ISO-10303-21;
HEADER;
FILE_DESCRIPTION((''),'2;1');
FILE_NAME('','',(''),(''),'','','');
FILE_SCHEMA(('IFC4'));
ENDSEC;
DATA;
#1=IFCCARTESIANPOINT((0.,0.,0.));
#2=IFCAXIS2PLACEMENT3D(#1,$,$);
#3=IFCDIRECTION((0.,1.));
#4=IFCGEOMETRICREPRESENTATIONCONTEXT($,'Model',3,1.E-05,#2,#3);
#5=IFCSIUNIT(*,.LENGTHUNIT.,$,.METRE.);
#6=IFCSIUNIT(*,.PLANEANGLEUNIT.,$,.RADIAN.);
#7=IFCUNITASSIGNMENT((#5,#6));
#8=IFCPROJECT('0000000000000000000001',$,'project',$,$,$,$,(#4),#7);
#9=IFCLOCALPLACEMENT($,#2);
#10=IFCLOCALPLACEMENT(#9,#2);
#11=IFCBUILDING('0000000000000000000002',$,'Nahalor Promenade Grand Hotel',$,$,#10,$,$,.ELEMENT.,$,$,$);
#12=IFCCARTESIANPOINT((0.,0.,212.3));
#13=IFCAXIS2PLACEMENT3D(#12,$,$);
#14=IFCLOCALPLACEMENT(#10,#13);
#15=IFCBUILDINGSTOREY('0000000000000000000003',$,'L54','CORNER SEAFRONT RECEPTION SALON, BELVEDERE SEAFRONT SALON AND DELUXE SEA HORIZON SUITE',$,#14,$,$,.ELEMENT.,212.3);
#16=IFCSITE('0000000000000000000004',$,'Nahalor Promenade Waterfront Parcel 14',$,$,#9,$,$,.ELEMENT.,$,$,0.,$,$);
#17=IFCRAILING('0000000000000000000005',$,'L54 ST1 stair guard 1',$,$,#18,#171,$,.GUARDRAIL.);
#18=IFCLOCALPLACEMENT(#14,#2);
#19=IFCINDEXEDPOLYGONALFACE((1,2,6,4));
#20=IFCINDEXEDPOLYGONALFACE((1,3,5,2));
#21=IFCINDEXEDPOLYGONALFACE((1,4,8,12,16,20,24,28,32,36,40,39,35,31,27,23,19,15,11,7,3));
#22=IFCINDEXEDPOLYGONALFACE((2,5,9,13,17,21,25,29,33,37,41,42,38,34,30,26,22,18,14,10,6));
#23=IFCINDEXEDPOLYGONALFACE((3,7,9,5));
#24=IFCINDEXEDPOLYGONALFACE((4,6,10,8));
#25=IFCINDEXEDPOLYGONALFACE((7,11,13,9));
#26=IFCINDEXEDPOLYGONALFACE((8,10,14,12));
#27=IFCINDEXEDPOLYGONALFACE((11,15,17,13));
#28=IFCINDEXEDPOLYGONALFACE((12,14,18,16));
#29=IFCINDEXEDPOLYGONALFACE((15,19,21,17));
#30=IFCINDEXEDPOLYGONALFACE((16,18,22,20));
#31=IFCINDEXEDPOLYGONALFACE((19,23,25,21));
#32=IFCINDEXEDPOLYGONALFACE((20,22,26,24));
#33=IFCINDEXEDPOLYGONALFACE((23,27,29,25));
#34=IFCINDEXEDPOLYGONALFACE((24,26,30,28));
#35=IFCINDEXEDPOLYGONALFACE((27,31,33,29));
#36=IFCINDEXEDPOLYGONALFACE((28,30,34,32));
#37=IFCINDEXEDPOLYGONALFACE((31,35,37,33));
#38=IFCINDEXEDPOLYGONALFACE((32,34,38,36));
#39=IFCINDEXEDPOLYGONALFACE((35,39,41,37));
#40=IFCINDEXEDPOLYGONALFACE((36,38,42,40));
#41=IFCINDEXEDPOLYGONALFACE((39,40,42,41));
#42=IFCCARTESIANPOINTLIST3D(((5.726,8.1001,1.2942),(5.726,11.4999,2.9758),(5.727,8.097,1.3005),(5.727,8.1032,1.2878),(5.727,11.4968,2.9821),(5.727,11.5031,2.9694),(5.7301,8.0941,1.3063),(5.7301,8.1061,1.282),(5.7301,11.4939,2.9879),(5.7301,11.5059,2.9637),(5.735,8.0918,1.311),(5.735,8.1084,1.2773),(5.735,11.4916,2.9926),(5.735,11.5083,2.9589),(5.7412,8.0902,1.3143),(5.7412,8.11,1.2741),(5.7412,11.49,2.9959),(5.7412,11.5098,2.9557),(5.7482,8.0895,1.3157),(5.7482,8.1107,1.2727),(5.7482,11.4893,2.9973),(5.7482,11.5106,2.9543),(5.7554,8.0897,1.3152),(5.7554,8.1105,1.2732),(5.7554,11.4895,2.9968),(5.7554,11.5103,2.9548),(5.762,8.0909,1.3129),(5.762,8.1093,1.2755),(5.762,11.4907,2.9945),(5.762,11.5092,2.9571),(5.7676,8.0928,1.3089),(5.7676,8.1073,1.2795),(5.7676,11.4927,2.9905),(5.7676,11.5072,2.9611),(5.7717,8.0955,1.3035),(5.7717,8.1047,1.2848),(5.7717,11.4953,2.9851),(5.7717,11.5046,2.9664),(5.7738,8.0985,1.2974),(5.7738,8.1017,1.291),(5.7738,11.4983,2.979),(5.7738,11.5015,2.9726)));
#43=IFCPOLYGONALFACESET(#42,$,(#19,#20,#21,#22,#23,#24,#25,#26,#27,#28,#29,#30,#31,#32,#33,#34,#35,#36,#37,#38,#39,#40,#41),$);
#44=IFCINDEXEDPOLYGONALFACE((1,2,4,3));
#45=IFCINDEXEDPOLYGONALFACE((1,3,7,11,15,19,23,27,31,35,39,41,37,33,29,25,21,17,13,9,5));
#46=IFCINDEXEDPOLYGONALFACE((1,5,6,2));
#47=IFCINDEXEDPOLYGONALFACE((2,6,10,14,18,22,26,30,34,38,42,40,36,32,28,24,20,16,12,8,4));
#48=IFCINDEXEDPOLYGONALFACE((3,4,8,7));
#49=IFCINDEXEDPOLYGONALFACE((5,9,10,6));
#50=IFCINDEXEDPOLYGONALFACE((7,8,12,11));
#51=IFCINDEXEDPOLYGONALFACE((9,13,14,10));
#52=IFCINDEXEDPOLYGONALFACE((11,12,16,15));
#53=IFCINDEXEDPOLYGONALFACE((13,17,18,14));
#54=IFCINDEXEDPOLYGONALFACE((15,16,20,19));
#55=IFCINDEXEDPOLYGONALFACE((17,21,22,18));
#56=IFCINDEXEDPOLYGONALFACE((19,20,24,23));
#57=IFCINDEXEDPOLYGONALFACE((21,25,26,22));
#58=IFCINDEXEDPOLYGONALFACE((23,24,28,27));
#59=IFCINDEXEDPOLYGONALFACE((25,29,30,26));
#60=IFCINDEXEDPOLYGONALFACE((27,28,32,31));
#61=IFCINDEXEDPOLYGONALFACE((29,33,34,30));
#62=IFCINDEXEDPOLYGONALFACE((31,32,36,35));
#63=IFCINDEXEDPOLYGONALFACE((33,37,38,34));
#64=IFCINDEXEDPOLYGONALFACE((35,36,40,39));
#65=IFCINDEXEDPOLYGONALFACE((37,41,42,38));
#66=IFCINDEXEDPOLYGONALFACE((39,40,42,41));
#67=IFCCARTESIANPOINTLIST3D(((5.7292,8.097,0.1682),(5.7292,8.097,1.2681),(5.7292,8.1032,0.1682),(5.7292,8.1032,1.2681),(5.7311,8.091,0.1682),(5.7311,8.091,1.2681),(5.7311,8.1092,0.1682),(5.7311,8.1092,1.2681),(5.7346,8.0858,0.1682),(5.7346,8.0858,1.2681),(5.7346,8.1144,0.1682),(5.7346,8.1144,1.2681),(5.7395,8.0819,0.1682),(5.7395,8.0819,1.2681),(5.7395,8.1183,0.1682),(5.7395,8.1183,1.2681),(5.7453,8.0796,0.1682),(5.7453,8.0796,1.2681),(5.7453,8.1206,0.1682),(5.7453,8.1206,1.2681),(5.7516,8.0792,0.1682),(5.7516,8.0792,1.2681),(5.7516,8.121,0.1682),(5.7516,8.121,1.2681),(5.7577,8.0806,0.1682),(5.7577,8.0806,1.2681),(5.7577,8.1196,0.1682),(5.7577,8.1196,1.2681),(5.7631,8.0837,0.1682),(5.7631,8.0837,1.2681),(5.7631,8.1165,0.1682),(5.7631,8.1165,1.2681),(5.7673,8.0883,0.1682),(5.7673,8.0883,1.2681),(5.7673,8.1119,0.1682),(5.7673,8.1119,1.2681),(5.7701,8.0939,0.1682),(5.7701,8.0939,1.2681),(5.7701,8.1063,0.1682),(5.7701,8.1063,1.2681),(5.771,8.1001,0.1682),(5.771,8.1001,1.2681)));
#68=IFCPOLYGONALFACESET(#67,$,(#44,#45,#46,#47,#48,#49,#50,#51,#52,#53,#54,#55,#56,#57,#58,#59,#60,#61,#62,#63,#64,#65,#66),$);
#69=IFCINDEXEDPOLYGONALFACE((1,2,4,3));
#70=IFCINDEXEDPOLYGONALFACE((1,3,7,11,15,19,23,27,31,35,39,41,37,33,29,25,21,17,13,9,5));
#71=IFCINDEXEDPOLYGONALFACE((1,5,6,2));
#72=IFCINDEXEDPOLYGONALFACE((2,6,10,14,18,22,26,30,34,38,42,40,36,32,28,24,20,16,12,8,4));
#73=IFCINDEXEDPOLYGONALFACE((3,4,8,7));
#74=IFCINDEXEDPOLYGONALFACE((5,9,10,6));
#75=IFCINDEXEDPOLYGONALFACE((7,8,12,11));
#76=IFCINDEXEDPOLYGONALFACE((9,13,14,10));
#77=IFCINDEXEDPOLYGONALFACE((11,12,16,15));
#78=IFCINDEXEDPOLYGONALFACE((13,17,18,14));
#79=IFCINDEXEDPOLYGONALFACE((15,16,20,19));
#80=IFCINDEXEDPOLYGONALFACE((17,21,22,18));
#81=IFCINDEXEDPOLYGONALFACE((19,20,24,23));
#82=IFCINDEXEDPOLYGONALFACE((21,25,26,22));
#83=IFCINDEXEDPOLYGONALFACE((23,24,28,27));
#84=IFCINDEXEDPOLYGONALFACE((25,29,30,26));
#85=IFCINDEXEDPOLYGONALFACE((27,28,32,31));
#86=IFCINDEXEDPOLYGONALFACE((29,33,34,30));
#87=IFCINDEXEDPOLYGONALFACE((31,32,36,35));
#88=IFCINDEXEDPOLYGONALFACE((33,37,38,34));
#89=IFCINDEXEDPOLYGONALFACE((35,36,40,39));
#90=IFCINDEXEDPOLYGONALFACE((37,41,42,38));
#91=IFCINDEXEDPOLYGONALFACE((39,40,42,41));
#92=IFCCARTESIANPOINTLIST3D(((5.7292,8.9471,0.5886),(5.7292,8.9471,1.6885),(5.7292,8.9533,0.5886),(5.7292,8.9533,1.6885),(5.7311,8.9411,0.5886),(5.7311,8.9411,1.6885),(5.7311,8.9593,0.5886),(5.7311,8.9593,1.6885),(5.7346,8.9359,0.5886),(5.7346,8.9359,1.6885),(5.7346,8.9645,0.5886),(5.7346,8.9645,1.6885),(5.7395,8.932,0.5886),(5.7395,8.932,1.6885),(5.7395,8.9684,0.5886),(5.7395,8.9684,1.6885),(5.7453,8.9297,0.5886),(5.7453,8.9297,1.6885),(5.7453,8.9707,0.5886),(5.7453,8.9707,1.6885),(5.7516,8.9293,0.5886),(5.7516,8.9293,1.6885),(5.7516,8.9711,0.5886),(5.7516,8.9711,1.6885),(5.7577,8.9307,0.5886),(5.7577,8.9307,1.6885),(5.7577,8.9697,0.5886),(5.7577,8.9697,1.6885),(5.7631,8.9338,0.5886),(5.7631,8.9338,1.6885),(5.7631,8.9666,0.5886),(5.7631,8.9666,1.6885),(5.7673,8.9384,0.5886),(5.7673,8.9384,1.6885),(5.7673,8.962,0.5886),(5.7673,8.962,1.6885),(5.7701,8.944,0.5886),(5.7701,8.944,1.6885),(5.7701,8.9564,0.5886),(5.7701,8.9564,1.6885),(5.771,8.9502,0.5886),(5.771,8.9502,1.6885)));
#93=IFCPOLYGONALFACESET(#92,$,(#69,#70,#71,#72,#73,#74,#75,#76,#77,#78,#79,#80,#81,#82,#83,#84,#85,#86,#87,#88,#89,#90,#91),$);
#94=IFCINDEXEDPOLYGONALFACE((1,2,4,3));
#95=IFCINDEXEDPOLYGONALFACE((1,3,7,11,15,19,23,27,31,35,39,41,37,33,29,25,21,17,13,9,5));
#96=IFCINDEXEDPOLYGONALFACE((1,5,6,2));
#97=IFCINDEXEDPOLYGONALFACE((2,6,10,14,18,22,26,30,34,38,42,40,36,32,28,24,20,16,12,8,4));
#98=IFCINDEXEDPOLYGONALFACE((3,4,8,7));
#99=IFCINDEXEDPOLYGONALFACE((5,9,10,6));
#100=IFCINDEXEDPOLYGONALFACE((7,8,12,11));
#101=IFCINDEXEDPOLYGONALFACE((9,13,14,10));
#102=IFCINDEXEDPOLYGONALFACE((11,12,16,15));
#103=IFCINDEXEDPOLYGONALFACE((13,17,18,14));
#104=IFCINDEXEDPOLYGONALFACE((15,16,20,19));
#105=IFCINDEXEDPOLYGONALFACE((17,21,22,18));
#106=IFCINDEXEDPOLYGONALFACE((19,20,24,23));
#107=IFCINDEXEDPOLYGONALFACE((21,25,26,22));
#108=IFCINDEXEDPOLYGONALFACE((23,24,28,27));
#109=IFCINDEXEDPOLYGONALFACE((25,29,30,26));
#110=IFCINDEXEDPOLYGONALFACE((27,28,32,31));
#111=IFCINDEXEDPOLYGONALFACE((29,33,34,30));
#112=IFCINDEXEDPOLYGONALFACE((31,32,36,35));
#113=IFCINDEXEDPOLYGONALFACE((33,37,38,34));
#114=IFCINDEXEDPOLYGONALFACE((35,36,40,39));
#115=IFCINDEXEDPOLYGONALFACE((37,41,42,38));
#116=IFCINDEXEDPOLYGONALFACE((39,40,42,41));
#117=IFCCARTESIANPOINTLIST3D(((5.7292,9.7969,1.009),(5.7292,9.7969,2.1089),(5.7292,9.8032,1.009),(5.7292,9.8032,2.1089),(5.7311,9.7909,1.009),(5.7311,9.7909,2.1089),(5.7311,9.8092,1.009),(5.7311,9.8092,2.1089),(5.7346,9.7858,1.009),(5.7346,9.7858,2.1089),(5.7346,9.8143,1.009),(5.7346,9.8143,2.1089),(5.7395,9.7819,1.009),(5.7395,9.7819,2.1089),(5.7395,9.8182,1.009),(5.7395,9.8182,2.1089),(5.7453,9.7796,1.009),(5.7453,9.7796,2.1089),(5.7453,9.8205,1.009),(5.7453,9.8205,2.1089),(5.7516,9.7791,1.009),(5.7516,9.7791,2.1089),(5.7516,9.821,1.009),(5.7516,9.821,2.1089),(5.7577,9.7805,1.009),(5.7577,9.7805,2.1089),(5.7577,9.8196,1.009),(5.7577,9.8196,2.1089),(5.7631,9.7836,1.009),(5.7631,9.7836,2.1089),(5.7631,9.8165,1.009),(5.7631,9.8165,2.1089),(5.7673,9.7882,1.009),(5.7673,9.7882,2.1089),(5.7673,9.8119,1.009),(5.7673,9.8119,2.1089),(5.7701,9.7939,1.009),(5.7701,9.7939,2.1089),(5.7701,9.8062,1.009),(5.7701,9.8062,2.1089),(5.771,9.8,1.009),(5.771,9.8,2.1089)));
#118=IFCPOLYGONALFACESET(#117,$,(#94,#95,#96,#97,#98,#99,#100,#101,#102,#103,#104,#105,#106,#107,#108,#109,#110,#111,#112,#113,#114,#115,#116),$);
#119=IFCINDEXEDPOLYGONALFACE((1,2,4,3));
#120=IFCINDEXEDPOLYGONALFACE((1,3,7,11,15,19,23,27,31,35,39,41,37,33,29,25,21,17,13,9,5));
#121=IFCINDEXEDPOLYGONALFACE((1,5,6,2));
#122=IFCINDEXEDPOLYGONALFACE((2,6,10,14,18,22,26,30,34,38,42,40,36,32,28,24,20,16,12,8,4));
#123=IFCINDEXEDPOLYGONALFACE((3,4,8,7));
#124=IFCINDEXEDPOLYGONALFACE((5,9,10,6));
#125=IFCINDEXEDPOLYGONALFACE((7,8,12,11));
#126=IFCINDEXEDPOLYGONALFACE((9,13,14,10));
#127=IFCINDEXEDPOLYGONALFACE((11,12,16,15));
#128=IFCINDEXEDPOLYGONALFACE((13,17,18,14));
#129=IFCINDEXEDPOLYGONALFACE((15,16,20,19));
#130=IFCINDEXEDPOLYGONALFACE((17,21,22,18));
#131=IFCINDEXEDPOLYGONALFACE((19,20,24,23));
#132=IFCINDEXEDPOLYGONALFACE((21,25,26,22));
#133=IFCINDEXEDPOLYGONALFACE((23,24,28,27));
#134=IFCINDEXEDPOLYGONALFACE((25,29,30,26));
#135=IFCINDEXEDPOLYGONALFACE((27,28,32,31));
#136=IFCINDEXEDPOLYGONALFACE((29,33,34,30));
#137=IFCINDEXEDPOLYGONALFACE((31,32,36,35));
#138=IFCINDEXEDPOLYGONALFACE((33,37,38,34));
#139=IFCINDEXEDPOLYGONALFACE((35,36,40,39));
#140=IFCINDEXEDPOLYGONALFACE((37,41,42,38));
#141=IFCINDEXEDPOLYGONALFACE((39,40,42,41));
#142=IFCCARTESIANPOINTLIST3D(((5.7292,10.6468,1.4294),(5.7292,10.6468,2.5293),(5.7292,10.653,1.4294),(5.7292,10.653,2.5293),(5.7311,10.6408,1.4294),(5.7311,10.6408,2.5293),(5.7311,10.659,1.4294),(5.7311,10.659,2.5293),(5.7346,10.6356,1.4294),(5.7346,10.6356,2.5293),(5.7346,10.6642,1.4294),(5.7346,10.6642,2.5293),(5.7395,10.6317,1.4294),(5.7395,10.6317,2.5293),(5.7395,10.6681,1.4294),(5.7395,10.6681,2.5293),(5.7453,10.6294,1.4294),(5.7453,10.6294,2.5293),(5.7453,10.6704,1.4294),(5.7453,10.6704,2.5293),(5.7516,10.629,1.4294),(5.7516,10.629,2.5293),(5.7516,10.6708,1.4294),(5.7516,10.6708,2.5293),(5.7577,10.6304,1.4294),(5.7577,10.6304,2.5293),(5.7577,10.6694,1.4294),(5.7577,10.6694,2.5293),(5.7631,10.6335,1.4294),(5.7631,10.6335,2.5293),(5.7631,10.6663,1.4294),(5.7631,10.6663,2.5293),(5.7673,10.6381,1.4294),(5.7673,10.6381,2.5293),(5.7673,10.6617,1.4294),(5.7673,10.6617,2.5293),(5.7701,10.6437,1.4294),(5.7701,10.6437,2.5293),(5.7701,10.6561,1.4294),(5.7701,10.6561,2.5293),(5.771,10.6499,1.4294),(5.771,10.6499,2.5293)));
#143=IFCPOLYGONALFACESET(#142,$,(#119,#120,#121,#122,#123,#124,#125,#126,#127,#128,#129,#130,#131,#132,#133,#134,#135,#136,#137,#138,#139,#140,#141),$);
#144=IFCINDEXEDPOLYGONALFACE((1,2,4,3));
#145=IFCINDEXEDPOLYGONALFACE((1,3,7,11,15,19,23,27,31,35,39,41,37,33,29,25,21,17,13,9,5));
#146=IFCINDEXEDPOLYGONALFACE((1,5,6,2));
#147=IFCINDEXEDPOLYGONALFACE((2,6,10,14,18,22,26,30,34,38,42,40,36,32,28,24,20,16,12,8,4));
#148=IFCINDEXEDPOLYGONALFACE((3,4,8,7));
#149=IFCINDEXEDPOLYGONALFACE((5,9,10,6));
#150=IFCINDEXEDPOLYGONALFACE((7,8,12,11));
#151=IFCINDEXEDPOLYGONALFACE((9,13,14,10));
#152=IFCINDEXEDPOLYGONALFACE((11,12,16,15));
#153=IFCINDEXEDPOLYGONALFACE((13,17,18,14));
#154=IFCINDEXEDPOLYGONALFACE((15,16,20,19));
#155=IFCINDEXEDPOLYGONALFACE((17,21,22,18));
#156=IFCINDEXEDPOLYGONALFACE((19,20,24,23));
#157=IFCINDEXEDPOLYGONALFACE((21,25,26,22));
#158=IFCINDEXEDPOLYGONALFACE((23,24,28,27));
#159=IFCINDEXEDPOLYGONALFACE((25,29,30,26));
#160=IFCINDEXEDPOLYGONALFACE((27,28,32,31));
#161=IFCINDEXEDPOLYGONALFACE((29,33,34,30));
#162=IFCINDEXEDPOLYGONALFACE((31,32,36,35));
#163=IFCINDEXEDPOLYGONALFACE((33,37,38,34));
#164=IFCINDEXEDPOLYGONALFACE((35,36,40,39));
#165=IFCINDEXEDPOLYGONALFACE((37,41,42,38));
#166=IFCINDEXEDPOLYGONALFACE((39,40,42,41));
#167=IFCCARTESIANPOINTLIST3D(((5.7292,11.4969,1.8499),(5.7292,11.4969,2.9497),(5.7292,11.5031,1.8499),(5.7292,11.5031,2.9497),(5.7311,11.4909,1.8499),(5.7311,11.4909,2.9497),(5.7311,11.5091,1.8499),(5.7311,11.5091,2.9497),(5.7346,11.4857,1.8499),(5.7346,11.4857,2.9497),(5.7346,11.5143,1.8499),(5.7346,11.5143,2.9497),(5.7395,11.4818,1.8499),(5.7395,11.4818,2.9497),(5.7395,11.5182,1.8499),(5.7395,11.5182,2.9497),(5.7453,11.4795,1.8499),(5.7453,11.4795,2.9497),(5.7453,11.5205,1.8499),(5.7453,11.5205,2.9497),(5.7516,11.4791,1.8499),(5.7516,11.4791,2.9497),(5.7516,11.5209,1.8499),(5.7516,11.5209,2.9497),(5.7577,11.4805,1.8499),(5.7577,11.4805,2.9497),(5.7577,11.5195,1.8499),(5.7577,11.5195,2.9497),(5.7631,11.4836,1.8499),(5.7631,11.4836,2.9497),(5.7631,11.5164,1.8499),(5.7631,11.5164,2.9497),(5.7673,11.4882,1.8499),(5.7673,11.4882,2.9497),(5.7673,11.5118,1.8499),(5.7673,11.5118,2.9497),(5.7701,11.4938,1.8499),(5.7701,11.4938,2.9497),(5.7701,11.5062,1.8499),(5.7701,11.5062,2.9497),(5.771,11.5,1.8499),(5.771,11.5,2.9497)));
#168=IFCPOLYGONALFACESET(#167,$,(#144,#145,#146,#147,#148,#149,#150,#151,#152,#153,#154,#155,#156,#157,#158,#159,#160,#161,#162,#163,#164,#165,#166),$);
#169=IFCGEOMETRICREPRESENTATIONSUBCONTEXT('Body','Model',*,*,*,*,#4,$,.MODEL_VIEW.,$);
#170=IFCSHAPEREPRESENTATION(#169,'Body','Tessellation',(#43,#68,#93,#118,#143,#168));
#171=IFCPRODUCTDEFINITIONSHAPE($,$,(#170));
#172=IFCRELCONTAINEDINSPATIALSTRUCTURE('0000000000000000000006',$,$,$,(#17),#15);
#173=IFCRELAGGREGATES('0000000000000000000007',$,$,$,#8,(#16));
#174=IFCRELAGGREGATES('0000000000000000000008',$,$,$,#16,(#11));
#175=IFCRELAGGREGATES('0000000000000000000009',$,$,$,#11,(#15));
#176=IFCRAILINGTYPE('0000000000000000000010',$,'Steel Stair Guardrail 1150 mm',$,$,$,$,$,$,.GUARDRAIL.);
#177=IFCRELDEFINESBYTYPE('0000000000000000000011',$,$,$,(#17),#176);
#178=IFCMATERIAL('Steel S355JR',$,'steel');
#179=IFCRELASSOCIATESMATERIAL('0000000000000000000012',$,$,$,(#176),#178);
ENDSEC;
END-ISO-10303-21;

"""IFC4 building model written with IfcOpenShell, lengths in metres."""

from ifc_helpers import new_model, si_unit, direction, frame, origin, origin_2d, place, context, subcontext, project, spatial, circle, extrude, material, type_object, element, save


model = new_model("IFC4")

# Units and contexts
model_context = context("Model", 3, precision=1e-05, world=origin(), true_north=direction((0.0, 1.0)))
body_context = subcontext(model_context, "Body", "Model", "MODEL_VIEW")
ifc_project = project(units=[si_unit("LENGTHUNIT", "METRE"), si_unit("PLANEANGLEUNIT", "RADIAN")], contexts=[model_context])

# Site, building, storey
site_placement = place(None, origin())
site = spatial("IfcSite", under=ifc_project, at=site_placement, Name="Nahalor Promenade Waterfront Parcel 14", CompositionType="ELEMENT", RefElevation=0.0)
building_placement = place(site_placement, origin())
building = spatial("IfcBuilding", under=site, at=building_placement, Name="Nahalor Promenade Grand Hotel", CompositionType="ELEMENT")
storey_placement = place(building_placement, frame((0.0, 0.0, 212.3)))
storey = spatial("IfcBuildingStorey", under=building, at=storey_placement, Name="L54", Description="CORNER SEAFRONT RECEPTION SALON, BELVEDERE SEAFRONT SALON AND DELUXE SEA HORIZON SUITE", CompositionType="ELEMENT", Elevation=212.3)

# Shared definitions
ifc_material_1 = material(Name="Steel S355JR", Category="steel")

# Railing
railing_type_1 = type_object("IfcRailingType", Name="Steel Stair Guardrail 1150 mm", PredefinedType="GUARDRAIL", material=ifc_material_1)
railing_1_placement = place(storey_placement, frame((5.75, 8.1001, 0.1682)))
element("IfcRailing", 1, at=railing_1_placement, inside=storey, type_object=railing_type_1, Name="L54 ST1 stair guard 1", PredefinedType="GUARDRAIL", context=body_context, shape_type="SweptSolid", body=[
    extrude(circle(Radius=0.024, at=origin_2d()), frame((0.0, 0.0, 1.126), z_axis=(0.0, 0.89635, 0.443348), x_axis=(-1.0, 0.0, 0.0)), (0.0, 0.0, 1.0), 3.793),
    extrude(circle(Radius=0.021, at=origin_2d()), origin(), (0.0, 0.0, 1.0), 1.0999),
    extrude(circle(Radius=0.021, at=origin_2d()), frame((0.0, 0.8501, 0.4204)), (0.0, 0.0, 1.0), 1.0999),
    extrude(circle(Radius=0.021, at=origin_2d()), frame((0.0, 1.7, 0.8408)), (0.0, 0.0, 1.0), 1.0999),
    extrude(circle(Radius=0.021, at=origin_2d()), frame((0.0, 2.5498, 1.2612)), (0.0, 0.0, 1.0), 1.0999),
    extrude(circle(Radius=0.021, at=origin_2d()), frame((0.0, 3.3999, 1.6816)), (0.0, 0.0, 1.0), 1.0999),
])

save(model, "model.ifc")
